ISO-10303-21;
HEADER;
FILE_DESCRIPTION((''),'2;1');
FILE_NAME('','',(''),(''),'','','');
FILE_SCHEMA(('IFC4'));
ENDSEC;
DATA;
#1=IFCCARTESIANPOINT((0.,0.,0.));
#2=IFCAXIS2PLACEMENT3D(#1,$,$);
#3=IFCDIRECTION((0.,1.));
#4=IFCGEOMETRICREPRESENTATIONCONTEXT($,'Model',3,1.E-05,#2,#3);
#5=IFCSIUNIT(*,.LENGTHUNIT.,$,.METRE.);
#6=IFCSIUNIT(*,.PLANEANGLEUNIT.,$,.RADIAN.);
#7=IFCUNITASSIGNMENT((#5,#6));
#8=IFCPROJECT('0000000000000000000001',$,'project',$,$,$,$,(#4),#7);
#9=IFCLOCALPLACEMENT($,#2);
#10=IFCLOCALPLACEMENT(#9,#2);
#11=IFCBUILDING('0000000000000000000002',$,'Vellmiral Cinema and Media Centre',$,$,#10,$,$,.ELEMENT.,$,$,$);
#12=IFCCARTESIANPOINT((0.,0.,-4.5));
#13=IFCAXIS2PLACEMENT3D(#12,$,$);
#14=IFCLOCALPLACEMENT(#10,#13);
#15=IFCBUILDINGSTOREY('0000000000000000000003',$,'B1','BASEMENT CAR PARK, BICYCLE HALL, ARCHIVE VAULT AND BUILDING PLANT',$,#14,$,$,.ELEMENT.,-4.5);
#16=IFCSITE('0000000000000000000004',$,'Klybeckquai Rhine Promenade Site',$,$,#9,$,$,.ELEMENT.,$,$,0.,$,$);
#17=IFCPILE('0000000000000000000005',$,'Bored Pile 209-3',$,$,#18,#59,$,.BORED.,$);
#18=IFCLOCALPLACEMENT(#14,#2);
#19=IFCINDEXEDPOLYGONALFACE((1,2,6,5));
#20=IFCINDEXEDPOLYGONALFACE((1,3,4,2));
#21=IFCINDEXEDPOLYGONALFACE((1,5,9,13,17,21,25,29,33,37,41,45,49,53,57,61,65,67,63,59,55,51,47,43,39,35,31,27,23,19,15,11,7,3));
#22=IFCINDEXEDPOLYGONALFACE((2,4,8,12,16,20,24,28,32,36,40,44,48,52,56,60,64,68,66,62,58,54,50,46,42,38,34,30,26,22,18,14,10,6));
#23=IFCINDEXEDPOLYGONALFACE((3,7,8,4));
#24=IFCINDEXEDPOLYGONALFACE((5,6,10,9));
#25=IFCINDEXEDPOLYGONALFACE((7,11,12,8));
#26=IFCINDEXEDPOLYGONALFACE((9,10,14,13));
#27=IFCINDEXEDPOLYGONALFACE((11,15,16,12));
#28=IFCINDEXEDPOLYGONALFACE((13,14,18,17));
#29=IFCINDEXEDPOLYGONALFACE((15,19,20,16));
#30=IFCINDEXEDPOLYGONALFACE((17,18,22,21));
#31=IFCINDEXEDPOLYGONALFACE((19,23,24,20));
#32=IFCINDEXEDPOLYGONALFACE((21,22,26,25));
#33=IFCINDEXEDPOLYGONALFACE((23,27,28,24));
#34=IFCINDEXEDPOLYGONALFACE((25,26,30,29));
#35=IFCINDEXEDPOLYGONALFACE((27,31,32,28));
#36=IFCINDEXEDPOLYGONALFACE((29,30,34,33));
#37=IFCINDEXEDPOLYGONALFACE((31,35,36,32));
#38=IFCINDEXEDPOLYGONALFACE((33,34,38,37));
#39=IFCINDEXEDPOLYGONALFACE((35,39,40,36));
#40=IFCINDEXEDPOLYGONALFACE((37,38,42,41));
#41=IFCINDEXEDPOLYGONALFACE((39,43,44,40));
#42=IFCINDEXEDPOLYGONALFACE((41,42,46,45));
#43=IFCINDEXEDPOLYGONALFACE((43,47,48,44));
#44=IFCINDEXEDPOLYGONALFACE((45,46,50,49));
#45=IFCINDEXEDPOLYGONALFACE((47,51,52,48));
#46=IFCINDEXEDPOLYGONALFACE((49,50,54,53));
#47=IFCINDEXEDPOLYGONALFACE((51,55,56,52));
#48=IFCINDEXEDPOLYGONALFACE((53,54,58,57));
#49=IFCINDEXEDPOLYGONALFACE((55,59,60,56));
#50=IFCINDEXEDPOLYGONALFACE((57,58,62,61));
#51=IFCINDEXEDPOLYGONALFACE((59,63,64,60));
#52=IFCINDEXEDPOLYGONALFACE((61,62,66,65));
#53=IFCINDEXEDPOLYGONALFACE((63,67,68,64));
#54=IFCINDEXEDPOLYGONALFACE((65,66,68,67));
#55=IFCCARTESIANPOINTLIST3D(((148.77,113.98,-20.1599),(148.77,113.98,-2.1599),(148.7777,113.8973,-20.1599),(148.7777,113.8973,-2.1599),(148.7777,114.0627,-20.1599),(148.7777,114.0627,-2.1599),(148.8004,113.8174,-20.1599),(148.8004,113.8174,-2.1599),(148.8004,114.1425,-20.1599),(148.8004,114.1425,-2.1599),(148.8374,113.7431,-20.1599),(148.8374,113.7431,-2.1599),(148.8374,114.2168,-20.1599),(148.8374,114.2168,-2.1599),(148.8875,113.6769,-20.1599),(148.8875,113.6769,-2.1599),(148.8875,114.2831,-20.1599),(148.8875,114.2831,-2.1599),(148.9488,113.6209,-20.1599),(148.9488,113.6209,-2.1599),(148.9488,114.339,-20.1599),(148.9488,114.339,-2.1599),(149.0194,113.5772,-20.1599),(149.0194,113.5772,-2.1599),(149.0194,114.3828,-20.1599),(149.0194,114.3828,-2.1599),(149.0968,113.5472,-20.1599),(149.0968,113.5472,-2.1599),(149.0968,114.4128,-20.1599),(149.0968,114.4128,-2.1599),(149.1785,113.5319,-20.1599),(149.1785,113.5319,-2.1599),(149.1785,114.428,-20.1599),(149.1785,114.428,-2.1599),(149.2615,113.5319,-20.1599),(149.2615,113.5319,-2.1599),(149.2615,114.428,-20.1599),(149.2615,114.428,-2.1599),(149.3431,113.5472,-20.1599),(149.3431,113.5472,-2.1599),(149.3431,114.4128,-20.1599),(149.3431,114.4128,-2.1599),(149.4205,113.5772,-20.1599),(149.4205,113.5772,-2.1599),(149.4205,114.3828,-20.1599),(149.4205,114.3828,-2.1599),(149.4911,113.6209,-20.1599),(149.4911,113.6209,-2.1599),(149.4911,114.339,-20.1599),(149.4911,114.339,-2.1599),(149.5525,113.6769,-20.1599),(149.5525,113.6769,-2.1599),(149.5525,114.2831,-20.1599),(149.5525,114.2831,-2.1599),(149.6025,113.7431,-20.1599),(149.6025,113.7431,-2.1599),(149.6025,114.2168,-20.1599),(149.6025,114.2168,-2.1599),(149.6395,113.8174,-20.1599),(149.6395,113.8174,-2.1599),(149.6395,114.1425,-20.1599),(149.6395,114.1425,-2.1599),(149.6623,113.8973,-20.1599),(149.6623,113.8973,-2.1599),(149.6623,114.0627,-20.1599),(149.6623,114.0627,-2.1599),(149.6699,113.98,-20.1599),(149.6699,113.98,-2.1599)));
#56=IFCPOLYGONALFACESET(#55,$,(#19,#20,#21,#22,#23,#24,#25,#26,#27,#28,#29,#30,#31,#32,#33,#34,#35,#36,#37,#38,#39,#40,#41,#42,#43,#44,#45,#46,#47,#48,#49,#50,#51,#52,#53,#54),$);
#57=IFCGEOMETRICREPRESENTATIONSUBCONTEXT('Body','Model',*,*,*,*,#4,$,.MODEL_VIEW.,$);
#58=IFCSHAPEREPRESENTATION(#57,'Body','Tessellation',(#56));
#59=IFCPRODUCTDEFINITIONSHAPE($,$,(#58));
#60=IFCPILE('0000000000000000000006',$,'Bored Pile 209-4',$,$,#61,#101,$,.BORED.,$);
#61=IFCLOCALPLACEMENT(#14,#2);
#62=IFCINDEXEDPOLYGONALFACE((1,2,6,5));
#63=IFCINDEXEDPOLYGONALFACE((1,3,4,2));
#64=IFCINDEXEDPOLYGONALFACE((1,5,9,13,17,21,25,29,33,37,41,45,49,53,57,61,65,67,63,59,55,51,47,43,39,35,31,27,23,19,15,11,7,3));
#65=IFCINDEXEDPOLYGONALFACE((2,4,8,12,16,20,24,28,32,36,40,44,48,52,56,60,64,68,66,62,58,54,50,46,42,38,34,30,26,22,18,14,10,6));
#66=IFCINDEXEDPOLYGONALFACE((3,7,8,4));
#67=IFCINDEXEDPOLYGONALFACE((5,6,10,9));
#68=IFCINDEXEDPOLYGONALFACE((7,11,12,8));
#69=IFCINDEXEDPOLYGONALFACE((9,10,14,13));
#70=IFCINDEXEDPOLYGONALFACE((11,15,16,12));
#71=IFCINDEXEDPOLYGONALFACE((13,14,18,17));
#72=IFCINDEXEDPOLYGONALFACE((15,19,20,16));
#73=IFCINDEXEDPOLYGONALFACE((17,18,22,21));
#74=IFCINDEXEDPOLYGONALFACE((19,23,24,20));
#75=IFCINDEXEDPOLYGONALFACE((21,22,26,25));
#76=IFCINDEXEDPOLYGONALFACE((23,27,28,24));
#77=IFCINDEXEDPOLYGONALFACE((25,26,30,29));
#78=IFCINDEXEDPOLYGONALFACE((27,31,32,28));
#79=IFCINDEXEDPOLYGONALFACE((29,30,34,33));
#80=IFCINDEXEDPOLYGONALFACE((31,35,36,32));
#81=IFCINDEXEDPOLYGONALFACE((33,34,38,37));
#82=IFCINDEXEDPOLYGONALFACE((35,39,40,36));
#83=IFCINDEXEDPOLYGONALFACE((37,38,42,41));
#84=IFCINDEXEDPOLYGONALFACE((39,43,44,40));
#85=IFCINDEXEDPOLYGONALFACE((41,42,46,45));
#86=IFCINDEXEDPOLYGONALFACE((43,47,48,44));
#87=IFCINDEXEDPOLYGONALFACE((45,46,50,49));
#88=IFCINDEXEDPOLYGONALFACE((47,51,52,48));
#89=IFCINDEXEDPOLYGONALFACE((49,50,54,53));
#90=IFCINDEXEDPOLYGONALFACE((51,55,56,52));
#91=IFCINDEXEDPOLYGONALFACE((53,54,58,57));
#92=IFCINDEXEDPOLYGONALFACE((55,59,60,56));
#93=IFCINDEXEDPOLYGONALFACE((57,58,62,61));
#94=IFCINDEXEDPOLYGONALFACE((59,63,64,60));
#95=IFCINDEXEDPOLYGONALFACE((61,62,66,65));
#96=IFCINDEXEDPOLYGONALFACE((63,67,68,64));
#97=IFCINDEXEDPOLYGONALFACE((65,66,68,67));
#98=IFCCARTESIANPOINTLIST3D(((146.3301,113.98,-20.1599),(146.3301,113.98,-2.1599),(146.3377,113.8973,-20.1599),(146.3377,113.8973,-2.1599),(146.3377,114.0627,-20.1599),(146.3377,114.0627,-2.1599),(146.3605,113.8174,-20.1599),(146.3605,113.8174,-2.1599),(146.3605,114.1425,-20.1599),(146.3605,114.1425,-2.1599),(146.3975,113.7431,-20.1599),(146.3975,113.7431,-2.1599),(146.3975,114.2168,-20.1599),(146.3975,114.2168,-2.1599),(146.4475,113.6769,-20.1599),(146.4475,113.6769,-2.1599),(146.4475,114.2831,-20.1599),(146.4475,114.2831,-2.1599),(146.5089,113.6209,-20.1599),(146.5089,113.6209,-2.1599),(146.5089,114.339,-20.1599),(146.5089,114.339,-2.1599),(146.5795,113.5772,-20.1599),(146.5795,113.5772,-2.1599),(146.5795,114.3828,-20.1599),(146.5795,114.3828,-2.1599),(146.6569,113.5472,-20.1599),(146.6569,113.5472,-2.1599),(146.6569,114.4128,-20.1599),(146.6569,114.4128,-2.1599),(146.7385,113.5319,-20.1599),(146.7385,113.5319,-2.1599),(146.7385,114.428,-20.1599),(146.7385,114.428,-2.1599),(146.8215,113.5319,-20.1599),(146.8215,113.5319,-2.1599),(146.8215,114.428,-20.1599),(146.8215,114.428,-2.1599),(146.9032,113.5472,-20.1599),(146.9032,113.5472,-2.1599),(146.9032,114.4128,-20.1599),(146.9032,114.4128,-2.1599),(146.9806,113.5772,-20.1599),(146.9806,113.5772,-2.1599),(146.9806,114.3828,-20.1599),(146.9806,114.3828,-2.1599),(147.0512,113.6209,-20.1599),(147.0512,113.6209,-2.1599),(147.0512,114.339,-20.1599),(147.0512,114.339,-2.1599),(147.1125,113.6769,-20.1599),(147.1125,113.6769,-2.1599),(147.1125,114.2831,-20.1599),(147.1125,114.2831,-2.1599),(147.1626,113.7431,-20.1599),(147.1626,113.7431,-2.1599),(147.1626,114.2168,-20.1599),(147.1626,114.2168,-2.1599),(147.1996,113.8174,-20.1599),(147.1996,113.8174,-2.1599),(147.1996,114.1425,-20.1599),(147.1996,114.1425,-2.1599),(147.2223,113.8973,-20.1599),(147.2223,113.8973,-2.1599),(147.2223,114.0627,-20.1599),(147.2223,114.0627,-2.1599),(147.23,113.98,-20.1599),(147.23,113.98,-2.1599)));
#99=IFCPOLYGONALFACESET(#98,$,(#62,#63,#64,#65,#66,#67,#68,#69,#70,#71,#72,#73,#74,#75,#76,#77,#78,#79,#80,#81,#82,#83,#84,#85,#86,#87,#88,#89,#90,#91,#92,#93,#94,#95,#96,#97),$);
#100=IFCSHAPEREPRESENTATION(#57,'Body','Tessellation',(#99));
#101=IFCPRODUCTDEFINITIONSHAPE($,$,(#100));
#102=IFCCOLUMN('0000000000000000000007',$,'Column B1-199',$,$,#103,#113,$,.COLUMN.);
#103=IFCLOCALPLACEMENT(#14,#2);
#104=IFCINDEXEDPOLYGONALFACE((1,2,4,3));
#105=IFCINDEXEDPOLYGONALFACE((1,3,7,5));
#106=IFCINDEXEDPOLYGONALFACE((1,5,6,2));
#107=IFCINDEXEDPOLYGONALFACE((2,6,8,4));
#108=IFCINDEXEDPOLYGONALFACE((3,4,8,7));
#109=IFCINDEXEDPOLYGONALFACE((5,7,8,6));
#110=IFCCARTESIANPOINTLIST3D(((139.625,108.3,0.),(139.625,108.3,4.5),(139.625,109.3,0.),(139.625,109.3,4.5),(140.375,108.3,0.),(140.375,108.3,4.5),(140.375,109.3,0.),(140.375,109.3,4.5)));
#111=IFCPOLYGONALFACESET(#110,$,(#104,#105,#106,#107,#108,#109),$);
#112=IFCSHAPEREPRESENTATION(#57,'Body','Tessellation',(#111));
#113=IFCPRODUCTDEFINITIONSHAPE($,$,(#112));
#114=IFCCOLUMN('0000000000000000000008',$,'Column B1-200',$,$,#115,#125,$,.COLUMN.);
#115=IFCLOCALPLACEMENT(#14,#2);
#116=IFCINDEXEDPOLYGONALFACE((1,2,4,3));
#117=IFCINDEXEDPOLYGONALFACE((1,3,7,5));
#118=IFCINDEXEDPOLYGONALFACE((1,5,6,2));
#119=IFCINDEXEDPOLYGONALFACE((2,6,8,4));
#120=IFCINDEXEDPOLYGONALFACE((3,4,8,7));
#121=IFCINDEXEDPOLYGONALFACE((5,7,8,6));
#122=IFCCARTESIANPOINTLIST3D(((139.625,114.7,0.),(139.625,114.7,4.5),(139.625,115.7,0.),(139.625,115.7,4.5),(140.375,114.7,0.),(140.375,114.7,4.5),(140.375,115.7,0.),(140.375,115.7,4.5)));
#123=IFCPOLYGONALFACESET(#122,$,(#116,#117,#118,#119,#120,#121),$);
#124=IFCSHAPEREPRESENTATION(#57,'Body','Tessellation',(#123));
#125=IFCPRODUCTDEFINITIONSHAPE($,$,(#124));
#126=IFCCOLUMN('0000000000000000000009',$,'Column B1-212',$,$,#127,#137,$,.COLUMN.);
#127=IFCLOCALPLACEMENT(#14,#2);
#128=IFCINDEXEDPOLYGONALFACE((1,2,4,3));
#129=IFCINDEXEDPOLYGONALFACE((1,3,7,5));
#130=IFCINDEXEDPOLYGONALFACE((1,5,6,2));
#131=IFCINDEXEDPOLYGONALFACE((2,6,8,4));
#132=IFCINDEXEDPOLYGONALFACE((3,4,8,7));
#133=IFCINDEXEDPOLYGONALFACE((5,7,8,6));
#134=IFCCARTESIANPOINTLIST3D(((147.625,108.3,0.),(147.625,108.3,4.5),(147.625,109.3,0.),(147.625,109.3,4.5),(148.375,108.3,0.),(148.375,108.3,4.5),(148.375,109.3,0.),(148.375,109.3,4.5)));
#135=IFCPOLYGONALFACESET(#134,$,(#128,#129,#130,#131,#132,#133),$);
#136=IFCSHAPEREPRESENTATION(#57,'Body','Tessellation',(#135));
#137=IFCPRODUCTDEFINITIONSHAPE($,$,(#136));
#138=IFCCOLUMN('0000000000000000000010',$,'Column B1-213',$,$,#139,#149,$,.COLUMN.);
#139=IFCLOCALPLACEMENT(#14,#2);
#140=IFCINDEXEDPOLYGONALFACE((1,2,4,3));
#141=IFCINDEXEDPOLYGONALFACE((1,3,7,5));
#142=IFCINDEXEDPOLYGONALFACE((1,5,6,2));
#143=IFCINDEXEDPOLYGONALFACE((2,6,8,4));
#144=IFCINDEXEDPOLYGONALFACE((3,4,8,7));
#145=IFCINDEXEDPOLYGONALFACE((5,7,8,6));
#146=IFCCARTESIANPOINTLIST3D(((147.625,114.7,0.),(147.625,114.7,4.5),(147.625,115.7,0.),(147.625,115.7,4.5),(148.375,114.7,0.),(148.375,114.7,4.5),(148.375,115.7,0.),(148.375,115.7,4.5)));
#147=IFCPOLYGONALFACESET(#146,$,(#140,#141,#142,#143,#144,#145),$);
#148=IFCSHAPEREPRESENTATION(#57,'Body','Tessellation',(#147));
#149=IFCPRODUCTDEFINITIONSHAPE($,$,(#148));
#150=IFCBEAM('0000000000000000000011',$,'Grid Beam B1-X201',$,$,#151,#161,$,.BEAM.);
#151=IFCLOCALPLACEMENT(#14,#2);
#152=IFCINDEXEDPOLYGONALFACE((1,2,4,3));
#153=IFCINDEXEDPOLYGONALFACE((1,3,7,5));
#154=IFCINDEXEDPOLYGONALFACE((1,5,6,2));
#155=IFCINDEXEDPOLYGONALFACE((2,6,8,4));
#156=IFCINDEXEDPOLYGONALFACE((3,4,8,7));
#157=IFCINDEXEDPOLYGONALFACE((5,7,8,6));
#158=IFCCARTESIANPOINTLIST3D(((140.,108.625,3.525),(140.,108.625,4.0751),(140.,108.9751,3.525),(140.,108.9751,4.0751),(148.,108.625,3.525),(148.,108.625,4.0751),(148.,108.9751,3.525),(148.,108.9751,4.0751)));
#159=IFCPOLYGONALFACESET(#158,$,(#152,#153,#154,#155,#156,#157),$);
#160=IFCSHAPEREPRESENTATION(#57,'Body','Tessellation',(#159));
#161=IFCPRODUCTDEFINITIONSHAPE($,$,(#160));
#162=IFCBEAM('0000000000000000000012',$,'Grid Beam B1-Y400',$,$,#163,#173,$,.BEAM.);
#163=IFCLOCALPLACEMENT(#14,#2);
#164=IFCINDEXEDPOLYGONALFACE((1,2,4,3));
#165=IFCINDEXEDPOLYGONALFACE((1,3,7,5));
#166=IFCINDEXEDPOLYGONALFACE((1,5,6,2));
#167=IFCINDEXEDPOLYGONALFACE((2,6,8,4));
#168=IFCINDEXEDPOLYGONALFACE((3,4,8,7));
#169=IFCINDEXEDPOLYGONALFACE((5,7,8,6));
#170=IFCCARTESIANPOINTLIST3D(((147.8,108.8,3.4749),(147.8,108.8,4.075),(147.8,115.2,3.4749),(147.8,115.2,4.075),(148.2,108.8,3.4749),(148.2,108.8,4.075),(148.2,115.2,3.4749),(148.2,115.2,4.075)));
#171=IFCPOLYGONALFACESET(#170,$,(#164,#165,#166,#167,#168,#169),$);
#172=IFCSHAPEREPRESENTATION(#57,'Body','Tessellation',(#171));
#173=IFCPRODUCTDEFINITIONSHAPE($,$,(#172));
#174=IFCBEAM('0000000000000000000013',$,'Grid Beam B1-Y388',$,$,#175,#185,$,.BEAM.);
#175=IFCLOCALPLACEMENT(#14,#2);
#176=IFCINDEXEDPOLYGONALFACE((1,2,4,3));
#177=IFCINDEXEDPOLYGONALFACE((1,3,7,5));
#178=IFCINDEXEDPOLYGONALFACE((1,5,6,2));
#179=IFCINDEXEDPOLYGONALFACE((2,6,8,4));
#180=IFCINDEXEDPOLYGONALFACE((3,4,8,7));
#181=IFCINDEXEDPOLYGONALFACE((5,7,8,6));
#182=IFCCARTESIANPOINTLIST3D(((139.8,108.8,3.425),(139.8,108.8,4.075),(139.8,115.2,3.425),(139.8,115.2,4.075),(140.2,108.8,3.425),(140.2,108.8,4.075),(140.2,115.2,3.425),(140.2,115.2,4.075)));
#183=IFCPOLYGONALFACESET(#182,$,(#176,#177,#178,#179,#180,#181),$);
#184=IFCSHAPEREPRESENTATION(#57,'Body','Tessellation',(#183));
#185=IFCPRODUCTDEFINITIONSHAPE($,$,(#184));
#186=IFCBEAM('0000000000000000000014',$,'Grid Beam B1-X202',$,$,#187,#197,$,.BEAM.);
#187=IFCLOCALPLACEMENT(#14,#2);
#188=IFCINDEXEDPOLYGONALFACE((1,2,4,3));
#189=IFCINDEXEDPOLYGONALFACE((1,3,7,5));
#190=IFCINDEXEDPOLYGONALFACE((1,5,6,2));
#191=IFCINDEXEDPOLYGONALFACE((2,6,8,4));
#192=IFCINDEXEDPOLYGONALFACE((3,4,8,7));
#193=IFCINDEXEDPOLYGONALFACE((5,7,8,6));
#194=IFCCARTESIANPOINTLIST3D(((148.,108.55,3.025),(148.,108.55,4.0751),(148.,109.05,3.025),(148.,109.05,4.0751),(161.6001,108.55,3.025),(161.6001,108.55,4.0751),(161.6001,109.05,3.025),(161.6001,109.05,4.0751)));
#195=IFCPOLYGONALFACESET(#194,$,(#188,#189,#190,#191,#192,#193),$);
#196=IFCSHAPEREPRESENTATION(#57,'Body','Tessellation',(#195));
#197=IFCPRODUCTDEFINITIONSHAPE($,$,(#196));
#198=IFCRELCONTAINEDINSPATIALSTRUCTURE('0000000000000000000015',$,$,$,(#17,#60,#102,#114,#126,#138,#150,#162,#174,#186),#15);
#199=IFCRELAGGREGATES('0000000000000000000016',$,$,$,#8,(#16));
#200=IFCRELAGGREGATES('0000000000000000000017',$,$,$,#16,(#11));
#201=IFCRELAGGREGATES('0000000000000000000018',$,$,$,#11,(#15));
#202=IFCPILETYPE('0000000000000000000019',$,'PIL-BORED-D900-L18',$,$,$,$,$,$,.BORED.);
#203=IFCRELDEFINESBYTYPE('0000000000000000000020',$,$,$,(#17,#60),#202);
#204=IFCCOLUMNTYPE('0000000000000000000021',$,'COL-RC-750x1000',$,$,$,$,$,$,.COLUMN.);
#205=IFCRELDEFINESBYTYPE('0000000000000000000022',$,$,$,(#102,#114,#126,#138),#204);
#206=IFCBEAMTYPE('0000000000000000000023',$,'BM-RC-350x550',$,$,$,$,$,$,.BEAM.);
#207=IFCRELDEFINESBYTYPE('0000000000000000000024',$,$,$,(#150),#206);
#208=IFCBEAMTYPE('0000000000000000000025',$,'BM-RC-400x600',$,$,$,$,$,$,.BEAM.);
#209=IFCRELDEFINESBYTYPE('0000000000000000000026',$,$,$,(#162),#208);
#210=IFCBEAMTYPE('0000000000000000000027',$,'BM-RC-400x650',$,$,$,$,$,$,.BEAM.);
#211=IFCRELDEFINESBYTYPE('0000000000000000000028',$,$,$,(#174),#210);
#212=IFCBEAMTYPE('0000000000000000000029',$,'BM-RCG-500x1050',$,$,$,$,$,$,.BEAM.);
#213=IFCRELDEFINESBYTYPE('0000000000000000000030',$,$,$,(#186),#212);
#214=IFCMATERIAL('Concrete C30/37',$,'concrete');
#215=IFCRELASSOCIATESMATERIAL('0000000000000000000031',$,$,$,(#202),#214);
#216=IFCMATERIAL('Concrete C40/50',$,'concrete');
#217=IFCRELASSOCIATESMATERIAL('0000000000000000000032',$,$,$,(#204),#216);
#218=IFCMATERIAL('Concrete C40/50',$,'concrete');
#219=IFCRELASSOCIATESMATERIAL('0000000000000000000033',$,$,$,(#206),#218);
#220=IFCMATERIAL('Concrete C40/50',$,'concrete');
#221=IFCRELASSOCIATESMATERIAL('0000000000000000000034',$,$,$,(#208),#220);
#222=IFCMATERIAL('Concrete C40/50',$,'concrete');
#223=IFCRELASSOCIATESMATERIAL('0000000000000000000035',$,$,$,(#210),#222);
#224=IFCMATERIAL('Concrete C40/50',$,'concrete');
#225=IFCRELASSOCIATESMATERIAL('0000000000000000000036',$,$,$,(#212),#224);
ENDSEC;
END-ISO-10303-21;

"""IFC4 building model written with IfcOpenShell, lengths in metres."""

from ifc_helpers import new_model, si_unit, direction, frame, origin, origin_2d, place, context, subcontext, project, spatial, rectangle, circle, extrude, material, material_profile, profile_set, type_object, element, save


model = new_model("IFC4")

# Units and contexts
model_context = context("Model", 3, precision=1e-05, world=origin(), true_north=direction((0.0, 1.0)))
body_context = subcontext(model_context, "Body", "Model", "MODEL_VIEW")
ifc_project = project(units=[si_unit("LENGTHUNIT", "METRE"), si_unit("PLANEANGLEUNIT", "RADIAN")], contexts=[model_context])

# Site, building, storey
site_placement = place(None, origin())
site = spatial("IfcSite", under=ifc_project, at=site_placement, Name="Klybeckquai Rhine Promenade Site", CompositionType="ELEMENT", RefElevation=0.0)
building_placement = place(site_placement, origin())
building = spatial("IfcBuilding", under=site, at=building_placement, Name="Vellmiral Cinema and Media Centre", CompositionType="ELEMENT")
storey_placement = place(building_placement, frame((0.0, 0.0, -4.5)))
storey = spatial("IfcBuildingStorey", under=building, at=storey_placement, Name="B1", Description="BASEMENT CAR PARK, BICYCLE HALL, ARCHIVE VAULT AND BUILDING PLANT", CompositionType="ELEMENT", Elevation=-4.5)

# Piles
ifc_material_1 = material(Name="Concrete C30/37", Category="concrete")
ifc_material_profile_1 = material_profile(ifc_material_1, circle(Radius=0.45, at=origin_2d()), Name="PILE D900")
ifc_profile_set_1 = profile_set([ifc_material_profile_1], Name="Concrete C30/37")
pile_type_1 = type_object("IfcPileType", Name="PIL-BORED-D900-L18", PredefinedType="BORED", material=ifc_profile_set_1)
for number, where, z_axis, x_axis, name in (
    (1, (149.22, 113.98, -2.1599), (0.0, 0.0, -1.0), (1.0, 0.0, 0.0), "Bored Pile 209-3"),
    (2, (146.78, 113.98, -2.1599), (0.0, 0.0, -1.0), (1.0, 0.0, 0.0), "Bored Pile 209-4"),
):
    element("IfcPile", number, at=place(storey_placement, frame(where, z_axis=z_axis, x_axis=x_axis)), inside=storey, type_object=pile_type_1, Name=name, PredefinedType="BORED", context=body_context, shape_type="SweptSolid", body=[
        extrude(circle(Radius=0.45, at=origin_2d()), origin(), (0.0, 0.0, 1.0), 18.0),
    ])

# Columns
ifc_material_2 = material(Name="Concrete C40/50", Category="concrete")
ifc_material_profile_2 = material_profile(ifc_material_2, rectangle(XDim=0.75, YDim=1.0, at=origin_2d()), Name="RC 750x1000")
ifc_profile_set_2 = profile_set([ifc_material_profile_2], Name="Concrete C40/50")
column_type = type_object("IfcColumnType", Name="COL-RC-750x1000", PredefinedType="COLUMN", material=ifc_profile_set_2)
for number, where, z_axis, x_axis, name in (
    (3, (140.0, 108.8, 0.0), (0.0, 0.0, 1.0), (1.0, 0.0, 0.0), "Column B1-199"),
    (4, (140.0, 115.2, 0.0), (0.0, 0.0, 1.0), (1.0, 0.0, 0.0), "Column B1-200"),
    (5, (148.0, 108.8, 0.0), (0.0, 0.0, 1.0), (1.0, 0.0, 0.0), "Column B1-212"),
    (6, (148.0, 115.2, 0.0), (0.0, 0.0, 1.0), (1.0, 0.0, 0.0), "Column B1-213"),
):
    element("IfcColumn", number, at=place(storey_placement, frame(where, z_axis=z_axis, x_axis=x_axis)), inside=storey, type_object=column_type, Name=name, PredefinedType="COLUMN", context=body_context, shape_type="SweptSolid", body=[
        extrude(rectangle(XDim=0.75, YDim=1.0, at=origin_2d()), origin(), (0.0, 0.0, 1.0), 4.5),
    ])

# Beams
ifc_material_3 = material(Name="Concrete C40/50", Category="concrete")
ifc_material_profile_3 = material_profile(ifc_material_3, rectangle(XDim=0.3501, YDim=0.55, at=origin_2d()), Name="RC 350x550")
ifc_profile_set_3 = profile_set([ifc_material_profile_3], Name="Concrete C40/50")
beam_type_1 = type_object("IfcBeamType", Name="BM-RC-350x550", PredefinedType="BEAM", material=ifc_profile_set_3)
beam_1_placement = place(storey_placement, frame((140.0, 108.8, 3.8), z_axis=(1.0, 0.0, 0.0), x_axis=(0.0, 1.0, 0.0)))
element("IfcBeam", 7, at=beam_1_placement, inside=storey, type_object=beam_type_1, Name="Grid Beam B1-X201", PredefinedType="BEAM", context=body_context, shape_type="SweptSolid", body=[
    extrude(rectangle(XDim=0.3501, YDim=0.55, at=origin_2d()), origin(), (0.0, 0.0, 1.0), 8.0),
])
ifc_material_4 = material(Name="Concrete C40/50", Category="concrete")
ifc_material_profile_4 = material_profile(ifc_material_4, rectangle(XDim=0.3999, YDim=0.6001, at=origin_2d()), Name="RC 400x600")
ifc_profile_set_4 = profile_set([ifc_material_profile_4], Name="Concrete C40/50")
beam_type_2 = type_object("IfcBeamType", Name="BM-RC-400x600", PredefinedType="BEAM", material=ifc_profile_set_4)
beam_2_placement = place(storey_placement, frame((148.0, 108.8, 3.7749), z_axis=(0.0, 1.0, 0.0), x_axis=(-1.0, 0.0, 0.0)))
element("IfcBeam", 8, at=beam_2_placement, inside=storey, type_object=beam_type_2, Name="Grid Beam B1-Y400", PredefinedType="BEAM", context=body_context, shape_type="SweptSolid", body=[
    extrude(rectangle(XDim=0.3999, YDim=0.6001, at=origin_2d()), origin(), (0.0, 0.0, 1.0), 6.3999),
])
ifc_material_5 = material(Name="Concrete C40/50", Category="concrete")
ifc_material_profile_5 = material_profile(ifc_material_5, rectangle(XDim=0.3999, YDim=0.6499, at=origin_2d()), Name="RC 400x650")
ifc_profile_set_5 = profile_set([ifc_material_profile_5], Name="Concrete C40/50")
beam_type_3 = type_object("IfcBeamType", Name="BM-RC-400x650", PredefinedType="BEAM", material=ifc_profile_set_5)
beam_3_placement = place(storey_placement, frame((140.0, 108.8, 3.75), z_axis=(0.0, 1.0, 0.0), x_axis=(-1.0, 0.0, 0.0)))
element("IfcBeam", 9, at=beam_3_placement, inside=storey, type_object=beam_type_3, Name="Grid Beam B1-Y388", PredefinedType="BEAM", context=body_context, shape_type="SweptSolid", body=[
    extrude(rectangle(XDim=0.3999, YDim=0.6499, at=origin_2d()), origin(), (0.0, 0.0, 1.0), 6.3999),
])
ifc_material_6 = material(Name="Concrete C40/50", Category="concrete")
ifc_material_profile_6 = material_profile(ifc_material_6, rectangle(XDim=0.5, YDim=1.05, at=origin_2d()), Name="RC 500x1050")
ifc_profile_set_6 = profile_set([ifc_material_profile_6], Name="Concrete C40/50")
beam_type_4 = type_object("IfcBeamType", Name="BM-RCG-500x1050", PredefinedType="BEAM", material=ifc_profile_set_6)
beam_4_placement = place(storey_placement, frame((148.0, 108.8, 3.55), z_axis=(1.0, 0.0, 0.0), x_axis=(0.0, 1.0, 0.0)))
element("IfcBeam", 10, at=beam_4_placement, inside=storey, type_object=beam_type_4, Name="Grid Beam B1-X202", PredefinedType="BEAM", context=body_context, shape_type="SweptSolid", body=[
    extrude(rectangle(XDim=0.5, YDim=1.05, at=origin_2d()), origin(), (0.0, 0.0, 1.0), 13.6001),
])

save(model, "model.ifc")
